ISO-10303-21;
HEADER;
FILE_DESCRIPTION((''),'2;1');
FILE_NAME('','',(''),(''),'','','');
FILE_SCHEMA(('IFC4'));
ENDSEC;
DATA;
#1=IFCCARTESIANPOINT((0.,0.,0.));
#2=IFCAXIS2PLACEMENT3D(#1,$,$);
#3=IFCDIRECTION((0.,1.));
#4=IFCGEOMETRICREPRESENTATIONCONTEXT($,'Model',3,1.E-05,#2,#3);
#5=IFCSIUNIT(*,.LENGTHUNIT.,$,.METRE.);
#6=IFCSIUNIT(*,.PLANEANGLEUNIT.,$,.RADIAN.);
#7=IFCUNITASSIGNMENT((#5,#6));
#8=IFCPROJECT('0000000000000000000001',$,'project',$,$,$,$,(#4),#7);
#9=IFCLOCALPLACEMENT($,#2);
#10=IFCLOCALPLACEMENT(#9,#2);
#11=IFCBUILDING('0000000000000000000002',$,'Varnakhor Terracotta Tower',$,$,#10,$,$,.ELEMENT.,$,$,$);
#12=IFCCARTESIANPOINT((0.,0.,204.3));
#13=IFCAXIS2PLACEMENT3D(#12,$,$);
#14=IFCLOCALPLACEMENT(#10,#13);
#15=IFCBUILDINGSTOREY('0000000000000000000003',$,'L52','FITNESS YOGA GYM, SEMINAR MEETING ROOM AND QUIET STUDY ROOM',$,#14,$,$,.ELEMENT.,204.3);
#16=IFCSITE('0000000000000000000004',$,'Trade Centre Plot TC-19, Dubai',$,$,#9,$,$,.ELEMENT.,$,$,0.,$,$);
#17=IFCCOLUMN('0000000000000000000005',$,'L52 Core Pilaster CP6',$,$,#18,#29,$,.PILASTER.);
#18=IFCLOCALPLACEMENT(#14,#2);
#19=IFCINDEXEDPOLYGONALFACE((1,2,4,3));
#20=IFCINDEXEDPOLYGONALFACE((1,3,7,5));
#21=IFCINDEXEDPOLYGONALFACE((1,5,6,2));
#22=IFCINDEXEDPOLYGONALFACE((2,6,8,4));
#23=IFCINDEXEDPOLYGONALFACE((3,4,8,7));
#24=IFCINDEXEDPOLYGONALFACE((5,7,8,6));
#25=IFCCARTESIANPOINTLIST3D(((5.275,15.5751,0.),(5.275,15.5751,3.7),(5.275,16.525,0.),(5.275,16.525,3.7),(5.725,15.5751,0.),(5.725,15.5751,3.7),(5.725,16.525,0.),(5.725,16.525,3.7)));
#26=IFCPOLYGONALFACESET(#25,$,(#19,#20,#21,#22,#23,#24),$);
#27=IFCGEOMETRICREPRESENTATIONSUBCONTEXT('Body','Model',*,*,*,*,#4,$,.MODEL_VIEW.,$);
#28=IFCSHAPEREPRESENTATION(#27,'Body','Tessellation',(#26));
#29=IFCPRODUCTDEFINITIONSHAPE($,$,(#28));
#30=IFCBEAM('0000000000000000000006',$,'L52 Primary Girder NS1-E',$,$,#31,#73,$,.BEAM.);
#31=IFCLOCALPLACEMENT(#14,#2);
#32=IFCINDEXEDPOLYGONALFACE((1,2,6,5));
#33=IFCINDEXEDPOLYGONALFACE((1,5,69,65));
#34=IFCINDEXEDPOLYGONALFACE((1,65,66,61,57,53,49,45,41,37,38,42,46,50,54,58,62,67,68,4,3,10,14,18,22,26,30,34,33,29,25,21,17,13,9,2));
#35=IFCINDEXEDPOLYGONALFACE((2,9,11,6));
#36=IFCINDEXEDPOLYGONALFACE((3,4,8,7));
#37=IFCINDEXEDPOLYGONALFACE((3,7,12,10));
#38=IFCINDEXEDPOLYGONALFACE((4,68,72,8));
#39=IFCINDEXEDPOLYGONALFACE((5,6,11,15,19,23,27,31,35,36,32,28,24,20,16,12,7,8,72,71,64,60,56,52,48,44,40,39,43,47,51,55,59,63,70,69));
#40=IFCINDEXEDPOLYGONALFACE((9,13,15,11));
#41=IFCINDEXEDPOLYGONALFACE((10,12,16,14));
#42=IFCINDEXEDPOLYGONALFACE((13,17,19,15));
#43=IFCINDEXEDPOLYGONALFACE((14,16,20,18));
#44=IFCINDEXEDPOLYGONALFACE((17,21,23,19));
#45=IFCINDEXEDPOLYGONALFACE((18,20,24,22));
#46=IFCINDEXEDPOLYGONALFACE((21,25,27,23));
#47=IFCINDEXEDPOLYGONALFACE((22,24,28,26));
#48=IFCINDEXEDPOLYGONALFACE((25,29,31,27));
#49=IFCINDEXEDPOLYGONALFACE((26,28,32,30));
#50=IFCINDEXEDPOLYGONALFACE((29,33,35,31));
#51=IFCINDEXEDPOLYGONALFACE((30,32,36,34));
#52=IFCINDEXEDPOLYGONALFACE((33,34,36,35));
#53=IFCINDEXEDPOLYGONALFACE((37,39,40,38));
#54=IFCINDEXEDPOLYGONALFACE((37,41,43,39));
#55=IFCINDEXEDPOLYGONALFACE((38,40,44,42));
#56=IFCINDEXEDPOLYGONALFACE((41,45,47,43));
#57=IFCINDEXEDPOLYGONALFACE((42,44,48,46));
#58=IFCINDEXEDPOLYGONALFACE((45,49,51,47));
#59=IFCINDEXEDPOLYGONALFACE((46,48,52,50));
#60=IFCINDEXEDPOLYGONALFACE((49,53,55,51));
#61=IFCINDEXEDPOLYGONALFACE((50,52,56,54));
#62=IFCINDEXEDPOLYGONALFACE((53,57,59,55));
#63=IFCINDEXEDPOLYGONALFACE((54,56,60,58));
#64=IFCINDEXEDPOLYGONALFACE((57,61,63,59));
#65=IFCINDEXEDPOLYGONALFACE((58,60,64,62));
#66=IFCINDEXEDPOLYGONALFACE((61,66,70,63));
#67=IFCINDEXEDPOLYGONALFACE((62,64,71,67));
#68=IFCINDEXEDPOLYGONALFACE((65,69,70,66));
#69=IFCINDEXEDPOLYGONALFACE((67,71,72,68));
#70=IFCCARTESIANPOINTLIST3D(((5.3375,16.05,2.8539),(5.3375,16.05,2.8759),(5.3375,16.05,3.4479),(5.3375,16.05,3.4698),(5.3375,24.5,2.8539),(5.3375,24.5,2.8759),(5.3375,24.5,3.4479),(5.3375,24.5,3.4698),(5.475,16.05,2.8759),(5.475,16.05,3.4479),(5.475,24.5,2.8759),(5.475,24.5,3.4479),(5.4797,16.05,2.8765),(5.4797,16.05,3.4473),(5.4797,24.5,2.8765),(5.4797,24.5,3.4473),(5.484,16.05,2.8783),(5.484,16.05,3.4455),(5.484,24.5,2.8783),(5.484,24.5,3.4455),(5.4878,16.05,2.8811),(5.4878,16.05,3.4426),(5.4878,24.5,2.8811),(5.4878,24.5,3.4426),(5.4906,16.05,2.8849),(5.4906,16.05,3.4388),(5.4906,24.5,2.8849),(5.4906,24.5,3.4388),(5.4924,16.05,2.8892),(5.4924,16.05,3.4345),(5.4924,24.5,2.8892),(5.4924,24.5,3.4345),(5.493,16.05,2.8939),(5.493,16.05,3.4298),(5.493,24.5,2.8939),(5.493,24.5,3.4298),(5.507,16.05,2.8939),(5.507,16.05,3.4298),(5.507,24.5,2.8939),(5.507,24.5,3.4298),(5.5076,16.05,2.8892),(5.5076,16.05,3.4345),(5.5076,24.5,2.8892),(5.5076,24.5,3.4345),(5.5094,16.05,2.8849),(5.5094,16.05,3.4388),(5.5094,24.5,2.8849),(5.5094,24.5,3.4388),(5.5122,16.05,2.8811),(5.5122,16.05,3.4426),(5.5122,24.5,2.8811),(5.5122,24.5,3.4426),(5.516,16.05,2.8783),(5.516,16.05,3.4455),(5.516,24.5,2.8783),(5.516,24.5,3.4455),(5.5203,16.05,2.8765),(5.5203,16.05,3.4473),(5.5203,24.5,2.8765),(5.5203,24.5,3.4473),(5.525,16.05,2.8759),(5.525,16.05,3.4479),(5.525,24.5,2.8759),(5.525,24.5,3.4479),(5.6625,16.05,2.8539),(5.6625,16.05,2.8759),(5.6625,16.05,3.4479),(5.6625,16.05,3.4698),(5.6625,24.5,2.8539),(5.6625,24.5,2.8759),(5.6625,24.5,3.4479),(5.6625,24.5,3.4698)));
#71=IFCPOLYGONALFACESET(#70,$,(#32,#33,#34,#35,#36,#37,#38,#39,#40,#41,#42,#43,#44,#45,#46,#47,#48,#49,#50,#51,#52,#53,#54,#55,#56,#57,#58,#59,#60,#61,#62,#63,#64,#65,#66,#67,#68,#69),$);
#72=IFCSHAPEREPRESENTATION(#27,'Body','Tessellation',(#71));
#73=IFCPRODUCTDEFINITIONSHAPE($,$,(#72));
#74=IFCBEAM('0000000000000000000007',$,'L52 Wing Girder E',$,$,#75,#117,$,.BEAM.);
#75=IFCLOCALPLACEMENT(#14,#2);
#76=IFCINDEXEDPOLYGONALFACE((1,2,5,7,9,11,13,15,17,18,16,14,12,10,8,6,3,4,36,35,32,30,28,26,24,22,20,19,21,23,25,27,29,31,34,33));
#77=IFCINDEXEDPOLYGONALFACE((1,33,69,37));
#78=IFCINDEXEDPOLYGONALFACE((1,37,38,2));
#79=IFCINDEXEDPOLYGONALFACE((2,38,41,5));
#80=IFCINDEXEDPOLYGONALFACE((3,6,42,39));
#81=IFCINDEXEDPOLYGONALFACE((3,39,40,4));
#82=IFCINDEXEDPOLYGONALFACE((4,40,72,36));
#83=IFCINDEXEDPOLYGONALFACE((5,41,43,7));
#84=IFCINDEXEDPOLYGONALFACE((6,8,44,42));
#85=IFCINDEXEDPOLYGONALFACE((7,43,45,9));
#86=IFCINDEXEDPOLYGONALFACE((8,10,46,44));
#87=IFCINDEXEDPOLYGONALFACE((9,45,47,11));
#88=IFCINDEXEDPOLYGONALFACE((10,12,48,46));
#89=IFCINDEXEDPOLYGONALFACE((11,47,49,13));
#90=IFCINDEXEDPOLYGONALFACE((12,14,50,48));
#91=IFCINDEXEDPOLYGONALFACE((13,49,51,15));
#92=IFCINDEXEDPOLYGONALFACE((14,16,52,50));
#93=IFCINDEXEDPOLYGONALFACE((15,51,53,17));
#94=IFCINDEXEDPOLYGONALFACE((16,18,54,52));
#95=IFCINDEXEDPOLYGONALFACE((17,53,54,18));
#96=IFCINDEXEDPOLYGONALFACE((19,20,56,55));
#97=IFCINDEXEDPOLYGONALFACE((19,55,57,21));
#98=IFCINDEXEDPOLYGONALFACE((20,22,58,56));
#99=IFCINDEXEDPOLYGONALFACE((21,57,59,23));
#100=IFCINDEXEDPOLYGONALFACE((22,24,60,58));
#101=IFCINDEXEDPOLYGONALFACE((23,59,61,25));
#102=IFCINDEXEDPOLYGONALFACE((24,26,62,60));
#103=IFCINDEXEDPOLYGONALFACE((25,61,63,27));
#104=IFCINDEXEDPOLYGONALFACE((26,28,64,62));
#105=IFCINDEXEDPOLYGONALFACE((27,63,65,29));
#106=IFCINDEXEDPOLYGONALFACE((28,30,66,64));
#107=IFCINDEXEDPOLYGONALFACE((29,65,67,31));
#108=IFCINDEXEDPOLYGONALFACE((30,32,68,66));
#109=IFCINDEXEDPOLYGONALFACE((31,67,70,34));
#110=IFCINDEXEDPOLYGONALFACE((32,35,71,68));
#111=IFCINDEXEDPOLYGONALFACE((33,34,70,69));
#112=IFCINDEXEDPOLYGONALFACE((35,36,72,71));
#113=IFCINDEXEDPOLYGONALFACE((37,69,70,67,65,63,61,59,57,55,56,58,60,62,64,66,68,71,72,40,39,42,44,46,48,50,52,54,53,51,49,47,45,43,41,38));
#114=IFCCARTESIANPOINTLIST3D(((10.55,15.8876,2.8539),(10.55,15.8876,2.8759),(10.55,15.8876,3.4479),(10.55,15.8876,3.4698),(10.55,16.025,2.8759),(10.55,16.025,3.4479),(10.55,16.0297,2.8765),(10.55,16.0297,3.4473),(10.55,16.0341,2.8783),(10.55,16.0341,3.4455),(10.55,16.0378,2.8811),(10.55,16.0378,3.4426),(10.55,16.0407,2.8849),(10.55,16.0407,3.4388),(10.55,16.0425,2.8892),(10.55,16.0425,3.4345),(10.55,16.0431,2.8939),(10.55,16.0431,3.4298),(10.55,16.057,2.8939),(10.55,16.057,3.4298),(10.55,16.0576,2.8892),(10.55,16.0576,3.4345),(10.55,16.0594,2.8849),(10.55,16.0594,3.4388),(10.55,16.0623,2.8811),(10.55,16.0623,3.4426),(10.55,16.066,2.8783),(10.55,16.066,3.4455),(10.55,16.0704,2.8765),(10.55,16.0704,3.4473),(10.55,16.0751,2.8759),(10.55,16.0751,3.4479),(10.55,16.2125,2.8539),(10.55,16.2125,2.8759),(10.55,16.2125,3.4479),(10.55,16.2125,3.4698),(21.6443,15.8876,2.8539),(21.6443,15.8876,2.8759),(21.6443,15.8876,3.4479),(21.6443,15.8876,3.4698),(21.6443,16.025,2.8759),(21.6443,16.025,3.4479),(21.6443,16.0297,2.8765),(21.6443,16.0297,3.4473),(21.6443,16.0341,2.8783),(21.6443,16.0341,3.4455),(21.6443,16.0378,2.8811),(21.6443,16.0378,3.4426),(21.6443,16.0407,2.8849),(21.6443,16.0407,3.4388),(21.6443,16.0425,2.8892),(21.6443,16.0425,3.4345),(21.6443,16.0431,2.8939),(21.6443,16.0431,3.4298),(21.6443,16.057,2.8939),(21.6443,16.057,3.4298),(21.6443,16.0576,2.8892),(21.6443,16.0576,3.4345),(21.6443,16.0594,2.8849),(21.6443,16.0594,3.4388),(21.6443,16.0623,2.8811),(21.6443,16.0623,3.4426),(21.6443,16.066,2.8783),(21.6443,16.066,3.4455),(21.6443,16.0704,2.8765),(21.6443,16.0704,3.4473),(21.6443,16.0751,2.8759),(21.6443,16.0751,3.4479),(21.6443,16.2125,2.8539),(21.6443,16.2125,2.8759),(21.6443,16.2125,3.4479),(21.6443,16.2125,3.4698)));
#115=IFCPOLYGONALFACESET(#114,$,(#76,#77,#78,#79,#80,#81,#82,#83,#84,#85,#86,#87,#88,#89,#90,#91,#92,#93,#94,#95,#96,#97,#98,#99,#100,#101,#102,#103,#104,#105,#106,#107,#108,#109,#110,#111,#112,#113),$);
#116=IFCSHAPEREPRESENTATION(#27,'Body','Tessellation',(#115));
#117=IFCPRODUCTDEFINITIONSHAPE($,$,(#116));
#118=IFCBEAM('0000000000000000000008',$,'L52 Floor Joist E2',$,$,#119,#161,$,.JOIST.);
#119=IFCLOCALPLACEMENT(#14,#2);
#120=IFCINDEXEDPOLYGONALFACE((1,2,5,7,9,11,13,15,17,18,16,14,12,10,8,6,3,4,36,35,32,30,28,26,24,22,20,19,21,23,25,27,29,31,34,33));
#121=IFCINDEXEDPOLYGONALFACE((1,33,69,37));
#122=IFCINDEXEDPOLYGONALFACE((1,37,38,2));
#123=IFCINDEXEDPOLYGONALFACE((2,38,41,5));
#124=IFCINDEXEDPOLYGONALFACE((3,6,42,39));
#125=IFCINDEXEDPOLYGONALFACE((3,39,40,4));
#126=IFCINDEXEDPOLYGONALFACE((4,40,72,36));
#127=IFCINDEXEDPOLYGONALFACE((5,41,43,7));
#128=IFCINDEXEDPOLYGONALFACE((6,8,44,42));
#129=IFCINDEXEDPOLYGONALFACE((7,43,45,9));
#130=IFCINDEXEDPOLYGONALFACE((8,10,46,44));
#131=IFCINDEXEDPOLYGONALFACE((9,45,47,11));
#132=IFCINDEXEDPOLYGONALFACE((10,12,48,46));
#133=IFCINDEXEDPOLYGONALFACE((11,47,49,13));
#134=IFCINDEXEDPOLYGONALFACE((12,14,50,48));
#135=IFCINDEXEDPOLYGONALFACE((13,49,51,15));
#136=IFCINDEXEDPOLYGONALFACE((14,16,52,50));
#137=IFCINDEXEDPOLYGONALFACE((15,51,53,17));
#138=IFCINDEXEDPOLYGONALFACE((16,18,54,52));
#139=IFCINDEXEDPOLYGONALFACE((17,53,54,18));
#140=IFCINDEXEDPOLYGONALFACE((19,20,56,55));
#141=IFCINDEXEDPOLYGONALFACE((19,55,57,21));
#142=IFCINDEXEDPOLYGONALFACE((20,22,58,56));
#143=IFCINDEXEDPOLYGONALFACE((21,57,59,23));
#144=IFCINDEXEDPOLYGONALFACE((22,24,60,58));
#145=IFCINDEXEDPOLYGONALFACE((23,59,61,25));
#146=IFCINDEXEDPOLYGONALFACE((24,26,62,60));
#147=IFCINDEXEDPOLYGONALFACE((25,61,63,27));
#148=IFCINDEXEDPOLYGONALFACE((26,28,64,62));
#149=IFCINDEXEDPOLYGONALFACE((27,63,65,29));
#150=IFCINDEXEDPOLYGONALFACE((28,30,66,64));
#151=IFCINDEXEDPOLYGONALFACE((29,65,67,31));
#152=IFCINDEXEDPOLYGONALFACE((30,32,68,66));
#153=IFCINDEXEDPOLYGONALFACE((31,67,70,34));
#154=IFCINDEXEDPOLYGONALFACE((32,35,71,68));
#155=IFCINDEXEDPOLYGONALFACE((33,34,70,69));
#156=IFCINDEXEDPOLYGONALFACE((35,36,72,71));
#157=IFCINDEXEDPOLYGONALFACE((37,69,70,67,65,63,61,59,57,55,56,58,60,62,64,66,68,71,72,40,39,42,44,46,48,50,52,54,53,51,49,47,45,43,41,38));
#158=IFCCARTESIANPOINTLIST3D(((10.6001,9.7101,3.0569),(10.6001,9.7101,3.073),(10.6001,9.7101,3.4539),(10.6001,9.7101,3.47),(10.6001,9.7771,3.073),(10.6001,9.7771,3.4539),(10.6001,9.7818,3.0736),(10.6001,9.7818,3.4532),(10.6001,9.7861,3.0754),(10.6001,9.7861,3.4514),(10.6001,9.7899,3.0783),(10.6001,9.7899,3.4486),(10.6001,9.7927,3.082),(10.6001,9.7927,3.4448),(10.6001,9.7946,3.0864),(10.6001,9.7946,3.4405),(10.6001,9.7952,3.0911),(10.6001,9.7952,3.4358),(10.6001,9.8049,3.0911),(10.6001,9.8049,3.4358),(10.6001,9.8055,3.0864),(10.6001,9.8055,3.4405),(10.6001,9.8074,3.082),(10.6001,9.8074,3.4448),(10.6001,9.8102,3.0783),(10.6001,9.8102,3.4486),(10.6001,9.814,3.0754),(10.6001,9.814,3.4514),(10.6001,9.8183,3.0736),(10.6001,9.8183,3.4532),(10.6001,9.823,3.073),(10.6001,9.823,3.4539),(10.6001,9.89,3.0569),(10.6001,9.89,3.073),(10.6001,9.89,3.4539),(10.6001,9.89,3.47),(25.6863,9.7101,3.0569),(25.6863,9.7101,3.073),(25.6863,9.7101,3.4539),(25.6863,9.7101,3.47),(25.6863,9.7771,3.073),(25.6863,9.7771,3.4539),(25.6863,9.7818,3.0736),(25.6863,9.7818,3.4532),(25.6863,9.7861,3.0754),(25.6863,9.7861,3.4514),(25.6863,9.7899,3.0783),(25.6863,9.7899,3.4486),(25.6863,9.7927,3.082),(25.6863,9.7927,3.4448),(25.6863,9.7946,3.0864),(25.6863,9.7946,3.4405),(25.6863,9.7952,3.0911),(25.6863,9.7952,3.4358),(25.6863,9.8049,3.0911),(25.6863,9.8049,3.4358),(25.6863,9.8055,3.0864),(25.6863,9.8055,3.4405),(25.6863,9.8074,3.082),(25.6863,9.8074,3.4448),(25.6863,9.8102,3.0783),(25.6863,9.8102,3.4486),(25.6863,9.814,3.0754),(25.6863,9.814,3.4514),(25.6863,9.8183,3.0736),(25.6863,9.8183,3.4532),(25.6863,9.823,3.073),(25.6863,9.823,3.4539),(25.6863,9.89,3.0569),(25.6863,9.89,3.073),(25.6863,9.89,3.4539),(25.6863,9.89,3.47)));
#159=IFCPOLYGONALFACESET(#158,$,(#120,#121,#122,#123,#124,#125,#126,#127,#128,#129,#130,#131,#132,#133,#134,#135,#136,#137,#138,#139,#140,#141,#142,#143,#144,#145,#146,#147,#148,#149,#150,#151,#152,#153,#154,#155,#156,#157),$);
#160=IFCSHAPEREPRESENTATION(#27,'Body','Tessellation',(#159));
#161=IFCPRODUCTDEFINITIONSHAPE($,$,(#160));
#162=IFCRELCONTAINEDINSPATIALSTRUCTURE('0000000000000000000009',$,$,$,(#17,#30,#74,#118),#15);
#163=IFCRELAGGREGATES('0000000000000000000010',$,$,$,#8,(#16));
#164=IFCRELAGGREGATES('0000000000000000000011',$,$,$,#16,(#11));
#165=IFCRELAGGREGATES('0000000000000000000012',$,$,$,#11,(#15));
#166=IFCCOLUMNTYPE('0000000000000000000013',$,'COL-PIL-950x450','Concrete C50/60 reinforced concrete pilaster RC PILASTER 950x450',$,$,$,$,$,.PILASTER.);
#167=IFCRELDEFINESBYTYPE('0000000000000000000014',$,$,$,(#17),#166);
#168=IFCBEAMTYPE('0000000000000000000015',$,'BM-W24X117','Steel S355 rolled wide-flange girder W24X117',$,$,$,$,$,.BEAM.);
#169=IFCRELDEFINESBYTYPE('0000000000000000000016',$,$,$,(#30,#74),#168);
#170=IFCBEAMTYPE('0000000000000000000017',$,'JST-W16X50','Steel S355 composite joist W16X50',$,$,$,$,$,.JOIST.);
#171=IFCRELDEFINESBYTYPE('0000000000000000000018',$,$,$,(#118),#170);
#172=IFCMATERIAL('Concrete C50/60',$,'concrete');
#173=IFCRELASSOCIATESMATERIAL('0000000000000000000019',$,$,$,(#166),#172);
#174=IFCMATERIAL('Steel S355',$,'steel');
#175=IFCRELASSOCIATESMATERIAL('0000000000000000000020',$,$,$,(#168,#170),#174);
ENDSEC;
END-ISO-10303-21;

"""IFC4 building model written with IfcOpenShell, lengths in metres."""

from ifc_helpers import new_model, si_unit, direction, frame, origin, origin_2d, place, context, subcontext, project, spatial, rectangle, i_section, extrude, source, transform, mapped, material, material_profile, profile_set, type_object, type_shapes, element, save


model = new_model("IFC4")

# Units and contexts
model_context = context("Model", 3, precision=1e-05, world=origin(), true_north=direction((0.0, 1.0)))
body_context = subcontext(model_context, "Body", "Model", "MODEL_VIEW")
ifc_project = project(units=[si_unit("LENGTHUNIT", "METRE"), si_unit("PLANEANGLEUNIT", "RADIAN")], contexts=[model_context])

# Site, building, storey
site_placement = place(None, origin())
site = spatial("IfcSite", under=ifc_project, at=site_placement, Name="Trade Centre Plot TC-19, Dubai", CompositionType="ELEMENT", RefElevation=0.0)
building_placement = place(site_placement, origin())
building = spatial("IfcBuilding", under=site, at=building_placement, Name="Varnakhor Terracotta Tower", CompositionType="ELEMENT")
storey_placement = place(building_placement, frame((0.0, 0.0, 204.3)))
storey = spatial("IfcBuildingStorey", under=building, at=storey_placement, Name="L52", Description="FITNESS YOGA GYM, SEMINAR MEETING ROOM AND QUIET STUDY ROOM", CompositionType="ELEMENT", Elevation=204.3)

# Column
ifc_material_1 = material(Name="Concrete C50/60", Category="concrete")
ifc_material_profile_1 = material_profile(ifc_material_1, rectangle(XDim=0.45, YDim=0.95, at=origin_2d()), Name="RC PILASTER 950x450")
ifc_profile_set_1 = profile_set([ifc_material_profile_1], Name="Concrete C50/60")
column_type = type_object("IfcColumnType", Name="COL-PIL-950x450", Description="Concrete C50/60 reinforced concrete pilaster RC PILASTER 950x450", PredefinedType="PILASTER", material=ifc_profile_set_1)
shared_shape_1 = source(origin(), body_context, "Body", "SweptSolid", [
    extrude(rectangle(XDim=0.45, YDim=0.95, at=origin_2d()), origin(), (0.0, 0.0, 1.0), 3.7),
])
column_placement = place(storey_placement, frame((5.5, 16.05, 0.0), z_axis=(0.0, 0.0, 1.0), x_axis=(1.0, 0.0, 0.0)))
element("IfcColumn", 1, at=column_placement, inside=storey, type_object=column_type, Name="L52 Core Pilaster CP6", PredefinedType="PILASTER", context=body_context, shape_type="MappedRepresentation", body=[
    mapped(shared_shape_1, transform((0.0, 0.0, 0.0), scale=1.0)),
])

# Beams
ifc_material_2 = material(Name="Steel S355", Category="steel")
ifc_material_profile_2 = material_profile(ifc_material_2, i_section(OverallWidth=0.325, OverallDepth=0.616, WebThickness=0.0139, FlangeThickness=0.022, FilletRadius=0.0181, at=origin_2d()), Name="W24X117")
ifc_profile_set_2 = profile_set([ifc_material_profile_2], Name="Steel S355")
beam_type_1 = type_object("IfcBeamType", Name="BM-W24X117", Description="Steel S355 rolled wide-flange girder W24X117", PredefinedType="BEAM", material=ifc_profile_set_2)
shared_shape_2 = source(origin(), body_context, "Body", "SweptSolid", [
    extrude(i_section(OverallWidth=0.325, OverallDepth=0.616, WebThickness=0.0139, FlangeThickness=0.022, FilletRadius=0.0181, at=origin_2d()), origin(), (0.0, 0.0, 1.0), 8.45),
])
type_shapes(beam_type_1, [shared_shape_2])
beam_1_placement = place(storey_placement, frame((5.5, 16.05, 3.1619), z_axis=(0.0, 1.0, 0.0), x_axis=(-1.0, 0.0, 0.0)))
element("IfcBeam", 2, at=beam_1_placement, inside=storey, type_object=beam_type_1, Name="L52 Primary Girder NS1-E", PredefinedType="BEAM", context=body_context, shape_type="MappedRepresentation", body=[
    mapped(shared_shape_2, transform((0.0, 0.0, 0.0), scale=1.0)),
])
shared_shape_3 = source(origin(), body_context, "Body", "SweptSolid", [
    extrude(i_section(OverallWidth=0.325, OverallDepth=0.616, WebThickness=0.0139, FlangeThickness=0.022, FilletRadius=0.0181, at=origin_2d()), origin(), (0.0, 0.0, 1.0), 11.0942),
])
beam_2_placement = place(storey_placement, frame((10.55, 16.05, 3.1619), z_axis=(1.0, 0.0, 0.0), x_axis=(0.0, 1.0, 0.0)))
element("IfcBeam", 3, at=beam_2_placement, inside=storey, type_object=beam_type_1, Name="L52 Wing Girder E", PredefinedType="BEAM", context=body_context, shape_type="MappedRepresentation", body=[
    mapped(shared_shape_3, transform((0.0, 0.0, 0.0), scale=1.0)),
])
ifc_material_profile_3 = material_profile(ifc_material_2, i_section(OverallWidth=0.1799, OverallDepth=0.4131, WebThickness=0.0098, FlangeThickness=0.0161, FilletRadius=0.0181, at=origin_2d()), Name="W16X50")
ifc_profile_set_3 = profile_set([ifc_material_profile_3], Name="Steel S355")
beam_type_2 = type_object("IfcBeamType", Name="JST-W16X50", Description="Steel S355 composite joist W16X50", PredefinedType="JOIST", material=ifc_profile_set_3)
shared_shape_4 = source(origin(), body_context, "Body", "SweptSolid", [
    extrude(i_section(OverallWidth=0.1799, OverallDepth=0.4131, WebThickness=0.0098, FlangeThickness=0.0161, FilletRadius=0.0181, at=origin_2d()), origin(), (0.0, 0.0, 1.0), 15.0862),
])
beam_3_placement = place(storey_placement, frame((10.6001, 9.8, 3.2634), z_axis=(1.0, 0.0, 0.0), x_axis=(0.0, 1.0, 0.0)))
element("IfcBeam", 4, at=beam_3_placement, inside=storey, type_object=beam_type_2, Name="L52 Floor Joist E2", PredefinedType="JOIST", context=body_context, shape_type="MappedRepresentation", body=[
    mapped(shared_shape_4, transform((0.0, 0.0, 0.0), scale=1.0)),
])

save(model, "model.ifc")
